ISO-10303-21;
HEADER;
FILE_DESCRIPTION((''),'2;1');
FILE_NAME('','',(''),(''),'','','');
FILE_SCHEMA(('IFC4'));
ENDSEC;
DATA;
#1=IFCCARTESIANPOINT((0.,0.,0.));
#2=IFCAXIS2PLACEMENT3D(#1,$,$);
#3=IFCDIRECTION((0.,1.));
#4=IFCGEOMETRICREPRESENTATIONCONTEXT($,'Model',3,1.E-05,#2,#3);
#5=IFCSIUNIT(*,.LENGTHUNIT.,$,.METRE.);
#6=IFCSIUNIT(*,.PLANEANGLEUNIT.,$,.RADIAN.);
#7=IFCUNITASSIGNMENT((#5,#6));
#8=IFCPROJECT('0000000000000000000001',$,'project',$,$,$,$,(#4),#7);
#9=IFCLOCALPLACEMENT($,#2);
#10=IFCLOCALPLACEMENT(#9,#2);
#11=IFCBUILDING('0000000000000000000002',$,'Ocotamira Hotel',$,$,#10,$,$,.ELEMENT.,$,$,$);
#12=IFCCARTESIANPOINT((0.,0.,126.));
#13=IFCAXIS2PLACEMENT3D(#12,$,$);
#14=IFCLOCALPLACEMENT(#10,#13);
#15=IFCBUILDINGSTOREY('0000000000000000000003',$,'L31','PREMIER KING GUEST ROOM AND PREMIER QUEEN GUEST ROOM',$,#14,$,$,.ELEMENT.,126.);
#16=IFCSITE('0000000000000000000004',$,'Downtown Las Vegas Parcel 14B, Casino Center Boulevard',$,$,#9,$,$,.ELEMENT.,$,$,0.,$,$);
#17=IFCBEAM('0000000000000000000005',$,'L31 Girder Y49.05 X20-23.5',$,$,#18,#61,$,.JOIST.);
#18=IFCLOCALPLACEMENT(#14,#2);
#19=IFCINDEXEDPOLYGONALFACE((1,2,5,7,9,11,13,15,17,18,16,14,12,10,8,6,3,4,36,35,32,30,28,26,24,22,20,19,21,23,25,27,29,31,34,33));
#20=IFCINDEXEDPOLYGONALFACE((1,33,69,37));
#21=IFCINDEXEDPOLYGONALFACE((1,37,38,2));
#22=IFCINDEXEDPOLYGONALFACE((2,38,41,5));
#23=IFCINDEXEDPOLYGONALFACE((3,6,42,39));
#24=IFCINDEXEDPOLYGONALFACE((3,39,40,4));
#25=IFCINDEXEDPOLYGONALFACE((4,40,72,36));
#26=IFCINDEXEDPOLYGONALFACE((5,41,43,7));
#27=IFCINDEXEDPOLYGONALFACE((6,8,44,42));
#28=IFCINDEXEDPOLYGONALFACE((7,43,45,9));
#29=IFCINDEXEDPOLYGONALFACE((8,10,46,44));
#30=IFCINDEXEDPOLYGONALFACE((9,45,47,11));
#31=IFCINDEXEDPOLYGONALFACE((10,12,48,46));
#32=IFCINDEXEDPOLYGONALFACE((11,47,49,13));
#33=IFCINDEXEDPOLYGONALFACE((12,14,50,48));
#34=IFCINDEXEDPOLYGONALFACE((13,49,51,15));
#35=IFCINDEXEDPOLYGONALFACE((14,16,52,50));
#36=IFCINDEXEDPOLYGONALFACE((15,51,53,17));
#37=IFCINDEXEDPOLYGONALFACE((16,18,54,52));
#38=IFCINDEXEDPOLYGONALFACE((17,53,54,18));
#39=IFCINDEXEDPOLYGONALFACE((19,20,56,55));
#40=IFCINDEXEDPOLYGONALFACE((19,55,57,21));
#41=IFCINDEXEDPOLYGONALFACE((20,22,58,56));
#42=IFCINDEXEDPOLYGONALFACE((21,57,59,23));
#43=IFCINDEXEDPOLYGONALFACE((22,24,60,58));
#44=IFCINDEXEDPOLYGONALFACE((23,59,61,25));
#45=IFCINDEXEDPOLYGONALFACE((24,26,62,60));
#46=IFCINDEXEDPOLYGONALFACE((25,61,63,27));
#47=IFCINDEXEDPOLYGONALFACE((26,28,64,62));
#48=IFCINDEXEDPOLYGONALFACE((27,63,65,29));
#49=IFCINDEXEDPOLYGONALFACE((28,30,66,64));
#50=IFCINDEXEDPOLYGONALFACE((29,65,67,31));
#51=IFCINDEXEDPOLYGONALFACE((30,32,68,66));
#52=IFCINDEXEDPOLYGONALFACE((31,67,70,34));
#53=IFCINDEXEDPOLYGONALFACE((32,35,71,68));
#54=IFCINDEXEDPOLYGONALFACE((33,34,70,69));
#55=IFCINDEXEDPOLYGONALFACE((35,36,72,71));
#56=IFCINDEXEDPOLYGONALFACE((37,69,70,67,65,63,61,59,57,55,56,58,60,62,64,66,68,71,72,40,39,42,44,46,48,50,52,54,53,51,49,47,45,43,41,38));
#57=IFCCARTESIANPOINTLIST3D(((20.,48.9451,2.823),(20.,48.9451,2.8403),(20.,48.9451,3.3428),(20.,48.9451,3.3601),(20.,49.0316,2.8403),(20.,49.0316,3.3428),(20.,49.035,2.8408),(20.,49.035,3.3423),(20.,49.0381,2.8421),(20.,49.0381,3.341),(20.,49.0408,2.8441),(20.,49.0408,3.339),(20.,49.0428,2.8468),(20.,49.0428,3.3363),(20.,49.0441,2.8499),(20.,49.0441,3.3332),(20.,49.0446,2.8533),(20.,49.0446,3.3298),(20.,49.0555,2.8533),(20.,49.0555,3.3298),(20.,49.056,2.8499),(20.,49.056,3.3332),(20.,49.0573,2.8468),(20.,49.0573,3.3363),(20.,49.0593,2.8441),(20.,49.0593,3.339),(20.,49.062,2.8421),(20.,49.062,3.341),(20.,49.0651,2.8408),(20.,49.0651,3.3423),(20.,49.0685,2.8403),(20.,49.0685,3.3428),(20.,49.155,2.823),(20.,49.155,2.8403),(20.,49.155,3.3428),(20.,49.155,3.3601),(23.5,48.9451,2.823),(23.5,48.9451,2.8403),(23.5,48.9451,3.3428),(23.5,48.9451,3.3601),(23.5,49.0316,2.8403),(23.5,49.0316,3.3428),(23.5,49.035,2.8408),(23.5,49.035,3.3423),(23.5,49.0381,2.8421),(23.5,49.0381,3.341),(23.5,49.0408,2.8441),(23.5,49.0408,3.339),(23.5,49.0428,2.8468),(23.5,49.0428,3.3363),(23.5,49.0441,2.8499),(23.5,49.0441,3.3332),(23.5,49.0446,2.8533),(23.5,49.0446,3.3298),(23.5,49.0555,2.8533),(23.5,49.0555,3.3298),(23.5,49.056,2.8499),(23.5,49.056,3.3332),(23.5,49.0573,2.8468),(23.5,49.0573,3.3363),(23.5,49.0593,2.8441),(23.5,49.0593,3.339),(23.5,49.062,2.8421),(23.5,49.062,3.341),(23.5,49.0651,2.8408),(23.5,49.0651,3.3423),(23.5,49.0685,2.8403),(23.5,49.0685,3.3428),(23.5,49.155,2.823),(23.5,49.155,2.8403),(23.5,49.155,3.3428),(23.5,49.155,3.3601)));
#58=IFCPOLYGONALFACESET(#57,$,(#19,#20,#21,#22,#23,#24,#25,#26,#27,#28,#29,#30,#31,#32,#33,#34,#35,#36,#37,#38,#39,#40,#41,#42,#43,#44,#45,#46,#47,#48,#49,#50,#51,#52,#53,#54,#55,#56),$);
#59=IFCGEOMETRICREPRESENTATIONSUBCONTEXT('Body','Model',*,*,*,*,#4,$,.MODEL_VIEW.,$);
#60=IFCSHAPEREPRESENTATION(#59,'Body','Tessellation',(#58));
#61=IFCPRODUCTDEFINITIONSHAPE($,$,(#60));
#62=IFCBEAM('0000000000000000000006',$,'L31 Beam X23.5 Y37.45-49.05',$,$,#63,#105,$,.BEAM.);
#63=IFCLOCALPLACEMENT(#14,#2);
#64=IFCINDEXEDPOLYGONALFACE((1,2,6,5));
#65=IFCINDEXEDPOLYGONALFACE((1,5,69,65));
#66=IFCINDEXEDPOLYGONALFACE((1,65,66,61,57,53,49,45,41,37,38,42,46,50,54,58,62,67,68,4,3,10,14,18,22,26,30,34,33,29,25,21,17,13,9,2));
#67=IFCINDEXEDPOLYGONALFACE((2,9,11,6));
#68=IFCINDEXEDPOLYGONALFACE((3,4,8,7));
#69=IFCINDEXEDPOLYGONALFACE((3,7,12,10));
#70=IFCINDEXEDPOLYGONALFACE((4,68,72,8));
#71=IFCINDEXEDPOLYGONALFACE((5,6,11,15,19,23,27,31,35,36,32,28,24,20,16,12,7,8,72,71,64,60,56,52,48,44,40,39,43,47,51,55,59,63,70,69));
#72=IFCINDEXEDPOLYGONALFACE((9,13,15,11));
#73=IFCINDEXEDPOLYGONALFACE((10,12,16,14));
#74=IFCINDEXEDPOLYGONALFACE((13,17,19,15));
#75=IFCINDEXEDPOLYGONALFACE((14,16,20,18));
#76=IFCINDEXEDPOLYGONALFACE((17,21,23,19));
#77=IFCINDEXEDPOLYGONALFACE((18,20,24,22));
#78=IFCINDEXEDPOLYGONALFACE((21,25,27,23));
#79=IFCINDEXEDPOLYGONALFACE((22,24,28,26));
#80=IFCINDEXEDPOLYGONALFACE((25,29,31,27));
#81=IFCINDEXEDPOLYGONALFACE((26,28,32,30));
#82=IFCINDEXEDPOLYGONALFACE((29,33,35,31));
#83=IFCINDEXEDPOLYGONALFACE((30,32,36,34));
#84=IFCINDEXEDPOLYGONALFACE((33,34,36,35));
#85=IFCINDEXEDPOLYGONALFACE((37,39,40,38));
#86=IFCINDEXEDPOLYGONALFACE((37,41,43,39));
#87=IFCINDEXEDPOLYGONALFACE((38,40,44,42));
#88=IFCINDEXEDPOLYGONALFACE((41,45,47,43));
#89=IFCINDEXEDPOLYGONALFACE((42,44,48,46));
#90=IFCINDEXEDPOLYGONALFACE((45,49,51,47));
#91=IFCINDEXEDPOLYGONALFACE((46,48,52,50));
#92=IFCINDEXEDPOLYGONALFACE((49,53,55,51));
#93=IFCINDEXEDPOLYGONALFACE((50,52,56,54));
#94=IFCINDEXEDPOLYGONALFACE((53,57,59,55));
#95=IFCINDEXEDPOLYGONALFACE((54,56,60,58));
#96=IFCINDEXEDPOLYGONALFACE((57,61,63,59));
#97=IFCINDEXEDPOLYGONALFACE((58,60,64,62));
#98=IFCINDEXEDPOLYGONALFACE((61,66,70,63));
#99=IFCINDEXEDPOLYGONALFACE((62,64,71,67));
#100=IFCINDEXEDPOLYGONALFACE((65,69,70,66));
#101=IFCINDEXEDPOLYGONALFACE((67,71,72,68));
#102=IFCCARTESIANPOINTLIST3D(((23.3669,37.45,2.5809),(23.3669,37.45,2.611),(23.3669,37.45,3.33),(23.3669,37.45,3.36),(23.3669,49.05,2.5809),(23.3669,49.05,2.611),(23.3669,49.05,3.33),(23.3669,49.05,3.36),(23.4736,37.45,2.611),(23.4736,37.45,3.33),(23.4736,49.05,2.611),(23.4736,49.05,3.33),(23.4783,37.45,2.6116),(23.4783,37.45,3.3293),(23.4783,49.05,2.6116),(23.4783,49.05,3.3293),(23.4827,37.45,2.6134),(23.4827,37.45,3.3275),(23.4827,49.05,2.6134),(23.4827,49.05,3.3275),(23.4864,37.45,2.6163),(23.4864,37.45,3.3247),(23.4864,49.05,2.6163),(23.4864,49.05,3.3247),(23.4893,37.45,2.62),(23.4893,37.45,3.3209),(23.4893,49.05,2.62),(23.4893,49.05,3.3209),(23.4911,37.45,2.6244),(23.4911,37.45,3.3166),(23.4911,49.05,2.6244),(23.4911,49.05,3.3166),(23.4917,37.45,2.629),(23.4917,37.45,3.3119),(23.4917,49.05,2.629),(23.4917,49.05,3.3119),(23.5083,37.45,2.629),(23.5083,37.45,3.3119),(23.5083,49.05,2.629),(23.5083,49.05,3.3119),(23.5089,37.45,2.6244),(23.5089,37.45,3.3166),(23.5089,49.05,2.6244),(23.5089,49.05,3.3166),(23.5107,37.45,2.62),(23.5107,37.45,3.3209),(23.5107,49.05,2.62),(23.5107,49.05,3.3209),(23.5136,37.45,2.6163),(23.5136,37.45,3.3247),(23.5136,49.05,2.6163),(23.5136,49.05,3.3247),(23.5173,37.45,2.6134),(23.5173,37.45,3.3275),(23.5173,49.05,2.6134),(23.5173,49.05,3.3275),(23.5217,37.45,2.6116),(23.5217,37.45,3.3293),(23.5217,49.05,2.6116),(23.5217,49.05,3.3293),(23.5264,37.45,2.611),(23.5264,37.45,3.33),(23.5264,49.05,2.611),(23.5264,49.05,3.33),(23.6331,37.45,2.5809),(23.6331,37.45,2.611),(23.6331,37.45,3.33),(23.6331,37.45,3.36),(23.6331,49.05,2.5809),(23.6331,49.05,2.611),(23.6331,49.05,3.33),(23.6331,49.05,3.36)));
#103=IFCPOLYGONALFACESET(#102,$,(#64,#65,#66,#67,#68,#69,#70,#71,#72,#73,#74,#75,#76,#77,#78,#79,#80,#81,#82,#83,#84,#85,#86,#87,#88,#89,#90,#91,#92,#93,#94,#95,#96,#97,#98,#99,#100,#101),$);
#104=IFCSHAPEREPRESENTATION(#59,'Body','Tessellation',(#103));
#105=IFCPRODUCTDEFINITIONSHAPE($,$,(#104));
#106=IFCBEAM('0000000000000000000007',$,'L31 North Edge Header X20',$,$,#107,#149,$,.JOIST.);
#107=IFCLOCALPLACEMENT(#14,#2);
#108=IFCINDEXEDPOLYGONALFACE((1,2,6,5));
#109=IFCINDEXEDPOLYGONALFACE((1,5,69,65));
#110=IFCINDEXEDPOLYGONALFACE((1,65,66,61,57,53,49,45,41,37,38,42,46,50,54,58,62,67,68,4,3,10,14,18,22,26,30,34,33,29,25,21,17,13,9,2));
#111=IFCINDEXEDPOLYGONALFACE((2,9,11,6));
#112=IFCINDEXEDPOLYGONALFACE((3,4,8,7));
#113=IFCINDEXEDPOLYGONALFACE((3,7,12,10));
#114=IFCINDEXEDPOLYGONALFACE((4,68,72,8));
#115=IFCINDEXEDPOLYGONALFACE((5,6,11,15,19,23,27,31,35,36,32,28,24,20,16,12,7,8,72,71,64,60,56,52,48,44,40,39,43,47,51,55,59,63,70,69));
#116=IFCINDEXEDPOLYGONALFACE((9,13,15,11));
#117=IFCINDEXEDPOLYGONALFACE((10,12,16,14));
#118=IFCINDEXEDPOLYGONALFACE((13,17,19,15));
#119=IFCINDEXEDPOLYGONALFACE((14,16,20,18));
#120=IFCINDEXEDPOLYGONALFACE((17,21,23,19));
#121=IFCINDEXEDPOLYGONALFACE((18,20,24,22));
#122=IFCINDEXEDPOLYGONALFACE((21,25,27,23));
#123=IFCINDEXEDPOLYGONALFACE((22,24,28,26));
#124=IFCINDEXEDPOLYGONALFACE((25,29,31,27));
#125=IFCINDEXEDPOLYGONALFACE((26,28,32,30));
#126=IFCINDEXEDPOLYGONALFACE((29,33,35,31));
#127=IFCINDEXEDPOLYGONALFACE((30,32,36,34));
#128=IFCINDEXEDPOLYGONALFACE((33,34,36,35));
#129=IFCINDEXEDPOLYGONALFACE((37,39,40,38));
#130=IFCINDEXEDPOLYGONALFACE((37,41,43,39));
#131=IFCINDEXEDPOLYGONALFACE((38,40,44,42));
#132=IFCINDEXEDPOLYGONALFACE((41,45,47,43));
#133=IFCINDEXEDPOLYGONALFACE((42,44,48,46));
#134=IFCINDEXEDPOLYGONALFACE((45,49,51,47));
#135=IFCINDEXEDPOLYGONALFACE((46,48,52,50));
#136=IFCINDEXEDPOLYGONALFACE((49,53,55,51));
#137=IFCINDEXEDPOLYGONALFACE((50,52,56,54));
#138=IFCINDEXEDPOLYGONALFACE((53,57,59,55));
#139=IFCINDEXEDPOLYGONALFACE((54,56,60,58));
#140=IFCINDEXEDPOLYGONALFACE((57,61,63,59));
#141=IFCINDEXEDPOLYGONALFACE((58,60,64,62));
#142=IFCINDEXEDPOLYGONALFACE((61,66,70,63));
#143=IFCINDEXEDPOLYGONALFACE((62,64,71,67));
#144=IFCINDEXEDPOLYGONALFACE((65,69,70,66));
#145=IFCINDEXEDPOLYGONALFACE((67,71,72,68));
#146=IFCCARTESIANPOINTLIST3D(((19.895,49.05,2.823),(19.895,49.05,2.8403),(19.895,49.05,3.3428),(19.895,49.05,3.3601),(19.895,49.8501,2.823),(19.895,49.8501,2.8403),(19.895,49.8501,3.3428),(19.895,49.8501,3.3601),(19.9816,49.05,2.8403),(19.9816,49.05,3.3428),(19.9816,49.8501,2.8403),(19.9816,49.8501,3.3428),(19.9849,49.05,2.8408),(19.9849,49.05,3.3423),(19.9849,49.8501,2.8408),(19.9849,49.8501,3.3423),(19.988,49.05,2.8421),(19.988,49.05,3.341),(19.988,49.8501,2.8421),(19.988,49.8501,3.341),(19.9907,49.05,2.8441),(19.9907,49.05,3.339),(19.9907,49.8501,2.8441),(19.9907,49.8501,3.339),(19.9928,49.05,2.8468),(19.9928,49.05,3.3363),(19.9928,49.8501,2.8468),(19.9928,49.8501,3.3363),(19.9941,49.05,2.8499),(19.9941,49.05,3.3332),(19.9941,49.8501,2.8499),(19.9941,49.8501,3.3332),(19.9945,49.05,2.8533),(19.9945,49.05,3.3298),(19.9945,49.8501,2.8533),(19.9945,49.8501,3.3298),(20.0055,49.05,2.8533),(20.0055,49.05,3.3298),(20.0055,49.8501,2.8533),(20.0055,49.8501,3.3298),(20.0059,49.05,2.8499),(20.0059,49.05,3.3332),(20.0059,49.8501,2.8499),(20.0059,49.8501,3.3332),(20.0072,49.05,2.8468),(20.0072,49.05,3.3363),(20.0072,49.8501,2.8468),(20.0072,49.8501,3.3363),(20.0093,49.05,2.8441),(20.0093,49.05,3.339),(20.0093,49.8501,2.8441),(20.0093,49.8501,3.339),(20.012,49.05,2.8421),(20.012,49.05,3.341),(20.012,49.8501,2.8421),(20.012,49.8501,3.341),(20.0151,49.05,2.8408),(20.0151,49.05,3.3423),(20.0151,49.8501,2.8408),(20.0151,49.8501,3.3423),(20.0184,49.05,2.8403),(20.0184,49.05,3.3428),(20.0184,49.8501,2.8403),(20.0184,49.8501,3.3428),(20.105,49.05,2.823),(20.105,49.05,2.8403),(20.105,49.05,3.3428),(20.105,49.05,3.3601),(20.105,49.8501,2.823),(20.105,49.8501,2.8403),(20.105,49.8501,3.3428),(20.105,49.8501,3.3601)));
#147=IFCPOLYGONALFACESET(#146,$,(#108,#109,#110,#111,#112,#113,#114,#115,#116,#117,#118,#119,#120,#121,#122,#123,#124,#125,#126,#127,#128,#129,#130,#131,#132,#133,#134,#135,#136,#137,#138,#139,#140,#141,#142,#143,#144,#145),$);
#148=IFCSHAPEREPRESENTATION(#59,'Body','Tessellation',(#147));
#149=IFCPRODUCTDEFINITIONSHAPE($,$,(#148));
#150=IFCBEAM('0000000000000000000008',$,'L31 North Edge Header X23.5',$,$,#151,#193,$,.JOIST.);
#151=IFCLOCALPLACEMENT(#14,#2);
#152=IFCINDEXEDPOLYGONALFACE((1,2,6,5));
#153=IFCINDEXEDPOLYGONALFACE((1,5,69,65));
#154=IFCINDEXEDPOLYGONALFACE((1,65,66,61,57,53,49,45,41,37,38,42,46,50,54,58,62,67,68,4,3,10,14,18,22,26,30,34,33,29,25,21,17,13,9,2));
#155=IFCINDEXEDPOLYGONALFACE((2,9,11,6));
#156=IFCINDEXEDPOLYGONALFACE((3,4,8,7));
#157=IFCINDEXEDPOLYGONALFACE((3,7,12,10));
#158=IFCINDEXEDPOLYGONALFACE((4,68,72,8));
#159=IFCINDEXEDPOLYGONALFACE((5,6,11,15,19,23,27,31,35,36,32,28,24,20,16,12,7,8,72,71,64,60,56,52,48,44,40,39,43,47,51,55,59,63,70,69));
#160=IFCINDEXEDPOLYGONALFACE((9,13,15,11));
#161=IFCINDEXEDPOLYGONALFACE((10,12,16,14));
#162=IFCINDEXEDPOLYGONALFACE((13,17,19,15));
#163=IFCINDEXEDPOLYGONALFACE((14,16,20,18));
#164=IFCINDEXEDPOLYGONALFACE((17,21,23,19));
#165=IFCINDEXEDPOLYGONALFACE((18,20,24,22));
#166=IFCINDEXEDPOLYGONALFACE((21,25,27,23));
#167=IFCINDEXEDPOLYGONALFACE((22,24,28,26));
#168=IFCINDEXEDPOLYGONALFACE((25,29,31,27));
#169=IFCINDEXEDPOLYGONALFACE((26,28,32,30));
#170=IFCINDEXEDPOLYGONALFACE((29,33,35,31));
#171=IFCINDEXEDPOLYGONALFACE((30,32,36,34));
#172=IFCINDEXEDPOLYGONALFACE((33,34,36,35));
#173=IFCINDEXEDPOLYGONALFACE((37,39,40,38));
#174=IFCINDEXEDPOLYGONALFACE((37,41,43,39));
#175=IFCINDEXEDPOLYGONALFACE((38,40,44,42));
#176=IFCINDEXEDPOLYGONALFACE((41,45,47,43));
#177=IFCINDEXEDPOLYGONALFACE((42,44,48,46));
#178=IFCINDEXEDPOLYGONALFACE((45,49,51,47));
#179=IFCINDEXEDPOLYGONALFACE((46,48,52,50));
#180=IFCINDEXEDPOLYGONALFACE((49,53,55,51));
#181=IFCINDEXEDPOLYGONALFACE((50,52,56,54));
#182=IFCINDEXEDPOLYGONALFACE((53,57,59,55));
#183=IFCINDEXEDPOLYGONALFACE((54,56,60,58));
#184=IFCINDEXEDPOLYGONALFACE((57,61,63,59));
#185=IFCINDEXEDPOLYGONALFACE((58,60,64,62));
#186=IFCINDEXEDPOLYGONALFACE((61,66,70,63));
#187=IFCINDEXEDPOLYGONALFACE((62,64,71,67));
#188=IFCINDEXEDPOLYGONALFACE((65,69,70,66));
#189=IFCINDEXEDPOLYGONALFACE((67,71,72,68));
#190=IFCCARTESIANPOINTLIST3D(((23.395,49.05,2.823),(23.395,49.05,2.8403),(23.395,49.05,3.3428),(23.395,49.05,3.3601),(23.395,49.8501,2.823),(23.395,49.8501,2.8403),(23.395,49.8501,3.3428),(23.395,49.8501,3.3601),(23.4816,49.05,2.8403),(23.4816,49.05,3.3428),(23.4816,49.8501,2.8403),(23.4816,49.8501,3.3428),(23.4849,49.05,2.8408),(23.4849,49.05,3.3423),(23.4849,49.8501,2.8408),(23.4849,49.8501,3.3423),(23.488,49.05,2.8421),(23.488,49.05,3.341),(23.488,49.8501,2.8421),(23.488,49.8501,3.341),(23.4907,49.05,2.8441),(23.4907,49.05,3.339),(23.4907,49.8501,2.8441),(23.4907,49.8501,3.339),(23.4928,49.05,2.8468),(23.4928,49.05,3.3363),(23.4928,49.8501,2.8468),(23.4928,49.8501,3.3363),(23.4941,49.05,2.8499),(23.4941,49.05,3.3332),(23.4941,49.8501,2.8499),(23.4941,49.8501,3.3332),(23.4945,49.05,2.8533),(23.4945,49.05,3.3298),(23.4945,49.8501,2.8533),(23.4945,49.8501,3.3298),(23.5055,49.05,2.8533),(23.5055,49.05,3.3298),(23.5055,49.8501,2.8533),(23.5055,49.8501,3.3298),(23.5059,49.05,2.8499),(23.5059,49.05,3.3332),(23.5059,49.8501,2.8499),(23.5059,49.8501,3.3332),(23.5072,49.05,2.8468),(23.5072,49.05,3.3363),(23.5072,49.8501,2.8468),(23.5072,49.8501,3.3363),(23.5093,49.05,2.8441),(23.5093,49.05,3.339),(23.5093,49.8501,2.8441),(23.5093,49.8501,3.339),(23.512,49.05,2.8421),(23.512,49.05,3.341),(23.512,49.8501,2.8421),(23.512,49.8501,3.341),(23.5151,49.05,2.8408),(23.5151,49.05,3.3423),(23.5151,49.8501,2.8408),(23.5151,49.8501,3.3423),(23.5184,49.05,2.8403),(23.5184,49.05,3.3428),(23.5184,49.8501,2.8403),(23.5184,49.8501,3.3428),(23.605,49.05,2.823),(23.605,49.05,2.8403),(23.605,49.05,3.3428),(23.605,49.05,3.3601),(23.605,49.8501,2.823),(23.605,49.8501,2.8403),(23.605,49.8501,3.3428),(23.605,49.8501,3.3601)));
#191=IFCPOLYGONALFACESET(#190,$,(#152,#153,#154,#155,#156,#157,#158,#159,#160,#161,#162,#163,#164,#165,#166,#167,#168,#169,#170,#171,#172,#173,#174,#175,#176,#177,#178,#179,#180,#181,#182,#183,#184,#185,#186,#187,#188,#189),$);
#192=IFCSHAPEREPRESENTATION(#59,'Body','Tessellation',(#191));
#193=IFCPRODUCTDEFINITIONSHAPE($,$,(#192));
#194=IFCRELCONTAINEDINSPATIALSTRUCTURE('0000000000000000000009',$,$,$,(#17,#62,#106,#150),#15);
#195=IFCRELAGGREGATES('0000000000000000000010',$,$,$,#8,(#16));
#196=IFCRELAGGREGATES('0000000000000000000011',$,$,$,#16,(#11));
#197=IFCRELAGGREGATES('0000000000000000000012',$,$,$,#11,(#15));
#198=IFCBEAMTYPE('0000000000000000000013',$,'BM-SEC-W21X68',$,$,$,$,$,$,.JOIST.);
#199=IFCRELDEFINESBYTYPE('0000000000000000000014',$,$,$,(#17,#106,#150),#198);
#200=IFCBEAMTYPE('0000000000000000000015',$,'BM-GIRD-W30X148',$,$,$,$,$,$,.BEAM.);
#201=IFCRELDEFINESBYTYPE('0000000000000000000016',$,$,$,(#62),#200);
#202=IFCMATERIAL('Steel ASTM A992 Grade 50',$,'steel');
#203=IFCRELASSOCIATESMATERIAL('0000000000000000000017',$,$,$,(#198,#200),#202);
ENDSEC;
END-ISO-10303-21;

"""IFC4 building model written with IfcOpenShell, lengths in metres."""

from ifc_helpers import new_model, si_unit, direction, frame, origin, origin_2d, place, context, subcontext, project, spatial, i_section, extrude, source, transform, mapped, material, material_profile, profile_set, type_object, element, save


model = new_model("IFC4")

# Units and contexts
model_context = context("Model", 3, precision=1e-05, world=origin(), true_north=direction((0.0, 1.0)))
body_context = subcontext(model_context, "Body", "Model", "MODEL_VIEW")
ifc_project = project(units=[si_unit("LENGTHUNIT", "METRE"), si_unit("PLANEANGLEUNIT", "RADIAN")], contexts=[model_context])

# Site, building, storey
site_placement = place(None, origin())
site = spatial("IfcSite", under=ifc_project, at=site_placement, Name="Downtown Las Vegas Parcel 14B, Casino Center Boulevard", CompositionType="ELEMENT", RefElevation=0.0)
building_placement = place(site_placement, origin())
building = spatial("IfcBuilding", under=site, at=building_placement, Name="Ocotamira Hotel", CompositionType="ELEMENT")
storey_placement = place(building_placement, frame((0.0, 0.0, 126.0)))
storey = spatial("IfcBuildingStorey", under=building, at=storey_placement, Name="L31", Description="PREMIER KING GUEST ROOM AND PREMIER QUEEN GUEST ROOM", CompositionType="ELEMENT", Elevation=126.0)

# Beams
ifc_material_1 = material(Name="Steel ASTM A992 Grade 50", Category="steel")
ifc_material_profile_1 = material_profile(ifc_material_1, i_section(OverallWidth=0.21, OverallDepth=0.5371, WebThickness=0.011, FlangeThickness=0.0173, FilletRadius=0.0129, at=origin_2d()), Name="W21X68")
ifc_profile_set_1 = profile_set([ifc_material_profile_1], Name="Steel ASTM A992 Grade 50")
beam_type_1 = type_object("IfcBeamType", Name="BM-SEC-W21X68", PredefinedType="JOIST", material=ifc_profile_set_1)
shared_shape_1 = source(origin(), body_context, "Body", "SweptSolid", [
    extrude(i_section(OverallWidth=0.21, OverallDepth=0.5371, WebThickness=0.011, FlangeThickness=0.0173, FilletRadius=0.0129, at=origin_2d()), origin(), (0.0, 0.0, 1.0), 3.5),
])
beam_1_placement = place(storey_placement, frame((20.0, 49.05, 3.0916), z_axis=(1.0, 0.0, 0.0), x_axis=(0.0, 1.0, 0.0)))
element("IfcBeam", 1, at=beam_1_placement, inside=storey, type_object=beam_type_1, Name="L31 Girder Y49.05 X20-23.5", PredefinedType="JOIST", context=body_context, shape_type="MappedRepresentation", body=[
    mapped(shared_shape_1, transform((0.0, 0.0, 0.0), scale=1.0)),
])
ifc_material_profile_2 = material_profile(ifc_material_1, i_section(OverallWidth=0.2661, OverallDepth=0.7791, WebThickness=0.0166, FlangeThickness=0.03, FilletRadius=0.0181, at=origin_2d()), Name="W30X148")
ifc_profile_set_2 = profile_set([ifc_material_profile_2], Name="Steel ASTM A992 Grade 50")
beam_type_2 = type_object("IfcBeamType", Name="BM-GIRD-W30X148", PredefinedType="BEAM", material=ifc_profile_set_2)
shared_shape_2 = source(origin(), body_context, "Body", "SweptSolid", [
    extrude(i_section(OverallWidth=0.2661, OverallDepth=0.7791, WebThickness=0.0166, FlangeThickness=0.03, FilletRadius=0.0181, at=origin_2d()), origin(), (0.0, 0.0, 1.0), 11.6001),
])
beam_2_placement = place(storey_placement, frame((23.5, 37.45, 2.9705), z_axis=(0.0, 1.0, 0.0), x_axis=(-1.0, 0.0, 0.0)))
element("IfcBeam", 2, at=beam_2_placement, inside=storey, type_object=beam_type_2, Name="L31 Beam X23.5 Y37.45-49.05", PredefinedType="BEAM", context=body_context, shape_type="MappedRepresentation", body=[
    mapped(shared_shape_2, transform((0.0, 0.0, 0.0), scale=1.0)),
])
shared_shape_3 = source(origin(), body_context, "Body", "SweptSolid", [
    extrude(i_section(OverallWidth=0.21, OverallDepth=0.5371, WebThickness=0.011, FlangeThickness=0.0173, FilletRadius=0.0129, at=origin_2d()), origin(), (0.0, 0.0, 1.0), 0.8),
])
for number, where, z_axis, x_axis, name in (
    (3, (20.0, 49.05, 3.0916), (0.0, 1.0, 0.0), (-1.0, 0.0, 0.0), "L31 North Edge Header X20"),
    (4, (23.5, 49.05, 3.0916), (0.0, 1.0, 0.0), (-1.0, 0.0, 0.0), "L31 North Edge Header X23.5"),
):
    element("IfcBeam", number, at=place(storey_placement, frame(where, z_axis=z_axis, x_axis=x_axis)), inside=storey, type_object=beam_type_1, Name=name, PredefinedType="JOIST", context=body_context, shape_type="MappedRepresentation", body=[
        mapped(shared_shape_3, transform((0.0, 0.0, 0.0), scale=1.0)),
    ])

save(model, "model.ifc")
